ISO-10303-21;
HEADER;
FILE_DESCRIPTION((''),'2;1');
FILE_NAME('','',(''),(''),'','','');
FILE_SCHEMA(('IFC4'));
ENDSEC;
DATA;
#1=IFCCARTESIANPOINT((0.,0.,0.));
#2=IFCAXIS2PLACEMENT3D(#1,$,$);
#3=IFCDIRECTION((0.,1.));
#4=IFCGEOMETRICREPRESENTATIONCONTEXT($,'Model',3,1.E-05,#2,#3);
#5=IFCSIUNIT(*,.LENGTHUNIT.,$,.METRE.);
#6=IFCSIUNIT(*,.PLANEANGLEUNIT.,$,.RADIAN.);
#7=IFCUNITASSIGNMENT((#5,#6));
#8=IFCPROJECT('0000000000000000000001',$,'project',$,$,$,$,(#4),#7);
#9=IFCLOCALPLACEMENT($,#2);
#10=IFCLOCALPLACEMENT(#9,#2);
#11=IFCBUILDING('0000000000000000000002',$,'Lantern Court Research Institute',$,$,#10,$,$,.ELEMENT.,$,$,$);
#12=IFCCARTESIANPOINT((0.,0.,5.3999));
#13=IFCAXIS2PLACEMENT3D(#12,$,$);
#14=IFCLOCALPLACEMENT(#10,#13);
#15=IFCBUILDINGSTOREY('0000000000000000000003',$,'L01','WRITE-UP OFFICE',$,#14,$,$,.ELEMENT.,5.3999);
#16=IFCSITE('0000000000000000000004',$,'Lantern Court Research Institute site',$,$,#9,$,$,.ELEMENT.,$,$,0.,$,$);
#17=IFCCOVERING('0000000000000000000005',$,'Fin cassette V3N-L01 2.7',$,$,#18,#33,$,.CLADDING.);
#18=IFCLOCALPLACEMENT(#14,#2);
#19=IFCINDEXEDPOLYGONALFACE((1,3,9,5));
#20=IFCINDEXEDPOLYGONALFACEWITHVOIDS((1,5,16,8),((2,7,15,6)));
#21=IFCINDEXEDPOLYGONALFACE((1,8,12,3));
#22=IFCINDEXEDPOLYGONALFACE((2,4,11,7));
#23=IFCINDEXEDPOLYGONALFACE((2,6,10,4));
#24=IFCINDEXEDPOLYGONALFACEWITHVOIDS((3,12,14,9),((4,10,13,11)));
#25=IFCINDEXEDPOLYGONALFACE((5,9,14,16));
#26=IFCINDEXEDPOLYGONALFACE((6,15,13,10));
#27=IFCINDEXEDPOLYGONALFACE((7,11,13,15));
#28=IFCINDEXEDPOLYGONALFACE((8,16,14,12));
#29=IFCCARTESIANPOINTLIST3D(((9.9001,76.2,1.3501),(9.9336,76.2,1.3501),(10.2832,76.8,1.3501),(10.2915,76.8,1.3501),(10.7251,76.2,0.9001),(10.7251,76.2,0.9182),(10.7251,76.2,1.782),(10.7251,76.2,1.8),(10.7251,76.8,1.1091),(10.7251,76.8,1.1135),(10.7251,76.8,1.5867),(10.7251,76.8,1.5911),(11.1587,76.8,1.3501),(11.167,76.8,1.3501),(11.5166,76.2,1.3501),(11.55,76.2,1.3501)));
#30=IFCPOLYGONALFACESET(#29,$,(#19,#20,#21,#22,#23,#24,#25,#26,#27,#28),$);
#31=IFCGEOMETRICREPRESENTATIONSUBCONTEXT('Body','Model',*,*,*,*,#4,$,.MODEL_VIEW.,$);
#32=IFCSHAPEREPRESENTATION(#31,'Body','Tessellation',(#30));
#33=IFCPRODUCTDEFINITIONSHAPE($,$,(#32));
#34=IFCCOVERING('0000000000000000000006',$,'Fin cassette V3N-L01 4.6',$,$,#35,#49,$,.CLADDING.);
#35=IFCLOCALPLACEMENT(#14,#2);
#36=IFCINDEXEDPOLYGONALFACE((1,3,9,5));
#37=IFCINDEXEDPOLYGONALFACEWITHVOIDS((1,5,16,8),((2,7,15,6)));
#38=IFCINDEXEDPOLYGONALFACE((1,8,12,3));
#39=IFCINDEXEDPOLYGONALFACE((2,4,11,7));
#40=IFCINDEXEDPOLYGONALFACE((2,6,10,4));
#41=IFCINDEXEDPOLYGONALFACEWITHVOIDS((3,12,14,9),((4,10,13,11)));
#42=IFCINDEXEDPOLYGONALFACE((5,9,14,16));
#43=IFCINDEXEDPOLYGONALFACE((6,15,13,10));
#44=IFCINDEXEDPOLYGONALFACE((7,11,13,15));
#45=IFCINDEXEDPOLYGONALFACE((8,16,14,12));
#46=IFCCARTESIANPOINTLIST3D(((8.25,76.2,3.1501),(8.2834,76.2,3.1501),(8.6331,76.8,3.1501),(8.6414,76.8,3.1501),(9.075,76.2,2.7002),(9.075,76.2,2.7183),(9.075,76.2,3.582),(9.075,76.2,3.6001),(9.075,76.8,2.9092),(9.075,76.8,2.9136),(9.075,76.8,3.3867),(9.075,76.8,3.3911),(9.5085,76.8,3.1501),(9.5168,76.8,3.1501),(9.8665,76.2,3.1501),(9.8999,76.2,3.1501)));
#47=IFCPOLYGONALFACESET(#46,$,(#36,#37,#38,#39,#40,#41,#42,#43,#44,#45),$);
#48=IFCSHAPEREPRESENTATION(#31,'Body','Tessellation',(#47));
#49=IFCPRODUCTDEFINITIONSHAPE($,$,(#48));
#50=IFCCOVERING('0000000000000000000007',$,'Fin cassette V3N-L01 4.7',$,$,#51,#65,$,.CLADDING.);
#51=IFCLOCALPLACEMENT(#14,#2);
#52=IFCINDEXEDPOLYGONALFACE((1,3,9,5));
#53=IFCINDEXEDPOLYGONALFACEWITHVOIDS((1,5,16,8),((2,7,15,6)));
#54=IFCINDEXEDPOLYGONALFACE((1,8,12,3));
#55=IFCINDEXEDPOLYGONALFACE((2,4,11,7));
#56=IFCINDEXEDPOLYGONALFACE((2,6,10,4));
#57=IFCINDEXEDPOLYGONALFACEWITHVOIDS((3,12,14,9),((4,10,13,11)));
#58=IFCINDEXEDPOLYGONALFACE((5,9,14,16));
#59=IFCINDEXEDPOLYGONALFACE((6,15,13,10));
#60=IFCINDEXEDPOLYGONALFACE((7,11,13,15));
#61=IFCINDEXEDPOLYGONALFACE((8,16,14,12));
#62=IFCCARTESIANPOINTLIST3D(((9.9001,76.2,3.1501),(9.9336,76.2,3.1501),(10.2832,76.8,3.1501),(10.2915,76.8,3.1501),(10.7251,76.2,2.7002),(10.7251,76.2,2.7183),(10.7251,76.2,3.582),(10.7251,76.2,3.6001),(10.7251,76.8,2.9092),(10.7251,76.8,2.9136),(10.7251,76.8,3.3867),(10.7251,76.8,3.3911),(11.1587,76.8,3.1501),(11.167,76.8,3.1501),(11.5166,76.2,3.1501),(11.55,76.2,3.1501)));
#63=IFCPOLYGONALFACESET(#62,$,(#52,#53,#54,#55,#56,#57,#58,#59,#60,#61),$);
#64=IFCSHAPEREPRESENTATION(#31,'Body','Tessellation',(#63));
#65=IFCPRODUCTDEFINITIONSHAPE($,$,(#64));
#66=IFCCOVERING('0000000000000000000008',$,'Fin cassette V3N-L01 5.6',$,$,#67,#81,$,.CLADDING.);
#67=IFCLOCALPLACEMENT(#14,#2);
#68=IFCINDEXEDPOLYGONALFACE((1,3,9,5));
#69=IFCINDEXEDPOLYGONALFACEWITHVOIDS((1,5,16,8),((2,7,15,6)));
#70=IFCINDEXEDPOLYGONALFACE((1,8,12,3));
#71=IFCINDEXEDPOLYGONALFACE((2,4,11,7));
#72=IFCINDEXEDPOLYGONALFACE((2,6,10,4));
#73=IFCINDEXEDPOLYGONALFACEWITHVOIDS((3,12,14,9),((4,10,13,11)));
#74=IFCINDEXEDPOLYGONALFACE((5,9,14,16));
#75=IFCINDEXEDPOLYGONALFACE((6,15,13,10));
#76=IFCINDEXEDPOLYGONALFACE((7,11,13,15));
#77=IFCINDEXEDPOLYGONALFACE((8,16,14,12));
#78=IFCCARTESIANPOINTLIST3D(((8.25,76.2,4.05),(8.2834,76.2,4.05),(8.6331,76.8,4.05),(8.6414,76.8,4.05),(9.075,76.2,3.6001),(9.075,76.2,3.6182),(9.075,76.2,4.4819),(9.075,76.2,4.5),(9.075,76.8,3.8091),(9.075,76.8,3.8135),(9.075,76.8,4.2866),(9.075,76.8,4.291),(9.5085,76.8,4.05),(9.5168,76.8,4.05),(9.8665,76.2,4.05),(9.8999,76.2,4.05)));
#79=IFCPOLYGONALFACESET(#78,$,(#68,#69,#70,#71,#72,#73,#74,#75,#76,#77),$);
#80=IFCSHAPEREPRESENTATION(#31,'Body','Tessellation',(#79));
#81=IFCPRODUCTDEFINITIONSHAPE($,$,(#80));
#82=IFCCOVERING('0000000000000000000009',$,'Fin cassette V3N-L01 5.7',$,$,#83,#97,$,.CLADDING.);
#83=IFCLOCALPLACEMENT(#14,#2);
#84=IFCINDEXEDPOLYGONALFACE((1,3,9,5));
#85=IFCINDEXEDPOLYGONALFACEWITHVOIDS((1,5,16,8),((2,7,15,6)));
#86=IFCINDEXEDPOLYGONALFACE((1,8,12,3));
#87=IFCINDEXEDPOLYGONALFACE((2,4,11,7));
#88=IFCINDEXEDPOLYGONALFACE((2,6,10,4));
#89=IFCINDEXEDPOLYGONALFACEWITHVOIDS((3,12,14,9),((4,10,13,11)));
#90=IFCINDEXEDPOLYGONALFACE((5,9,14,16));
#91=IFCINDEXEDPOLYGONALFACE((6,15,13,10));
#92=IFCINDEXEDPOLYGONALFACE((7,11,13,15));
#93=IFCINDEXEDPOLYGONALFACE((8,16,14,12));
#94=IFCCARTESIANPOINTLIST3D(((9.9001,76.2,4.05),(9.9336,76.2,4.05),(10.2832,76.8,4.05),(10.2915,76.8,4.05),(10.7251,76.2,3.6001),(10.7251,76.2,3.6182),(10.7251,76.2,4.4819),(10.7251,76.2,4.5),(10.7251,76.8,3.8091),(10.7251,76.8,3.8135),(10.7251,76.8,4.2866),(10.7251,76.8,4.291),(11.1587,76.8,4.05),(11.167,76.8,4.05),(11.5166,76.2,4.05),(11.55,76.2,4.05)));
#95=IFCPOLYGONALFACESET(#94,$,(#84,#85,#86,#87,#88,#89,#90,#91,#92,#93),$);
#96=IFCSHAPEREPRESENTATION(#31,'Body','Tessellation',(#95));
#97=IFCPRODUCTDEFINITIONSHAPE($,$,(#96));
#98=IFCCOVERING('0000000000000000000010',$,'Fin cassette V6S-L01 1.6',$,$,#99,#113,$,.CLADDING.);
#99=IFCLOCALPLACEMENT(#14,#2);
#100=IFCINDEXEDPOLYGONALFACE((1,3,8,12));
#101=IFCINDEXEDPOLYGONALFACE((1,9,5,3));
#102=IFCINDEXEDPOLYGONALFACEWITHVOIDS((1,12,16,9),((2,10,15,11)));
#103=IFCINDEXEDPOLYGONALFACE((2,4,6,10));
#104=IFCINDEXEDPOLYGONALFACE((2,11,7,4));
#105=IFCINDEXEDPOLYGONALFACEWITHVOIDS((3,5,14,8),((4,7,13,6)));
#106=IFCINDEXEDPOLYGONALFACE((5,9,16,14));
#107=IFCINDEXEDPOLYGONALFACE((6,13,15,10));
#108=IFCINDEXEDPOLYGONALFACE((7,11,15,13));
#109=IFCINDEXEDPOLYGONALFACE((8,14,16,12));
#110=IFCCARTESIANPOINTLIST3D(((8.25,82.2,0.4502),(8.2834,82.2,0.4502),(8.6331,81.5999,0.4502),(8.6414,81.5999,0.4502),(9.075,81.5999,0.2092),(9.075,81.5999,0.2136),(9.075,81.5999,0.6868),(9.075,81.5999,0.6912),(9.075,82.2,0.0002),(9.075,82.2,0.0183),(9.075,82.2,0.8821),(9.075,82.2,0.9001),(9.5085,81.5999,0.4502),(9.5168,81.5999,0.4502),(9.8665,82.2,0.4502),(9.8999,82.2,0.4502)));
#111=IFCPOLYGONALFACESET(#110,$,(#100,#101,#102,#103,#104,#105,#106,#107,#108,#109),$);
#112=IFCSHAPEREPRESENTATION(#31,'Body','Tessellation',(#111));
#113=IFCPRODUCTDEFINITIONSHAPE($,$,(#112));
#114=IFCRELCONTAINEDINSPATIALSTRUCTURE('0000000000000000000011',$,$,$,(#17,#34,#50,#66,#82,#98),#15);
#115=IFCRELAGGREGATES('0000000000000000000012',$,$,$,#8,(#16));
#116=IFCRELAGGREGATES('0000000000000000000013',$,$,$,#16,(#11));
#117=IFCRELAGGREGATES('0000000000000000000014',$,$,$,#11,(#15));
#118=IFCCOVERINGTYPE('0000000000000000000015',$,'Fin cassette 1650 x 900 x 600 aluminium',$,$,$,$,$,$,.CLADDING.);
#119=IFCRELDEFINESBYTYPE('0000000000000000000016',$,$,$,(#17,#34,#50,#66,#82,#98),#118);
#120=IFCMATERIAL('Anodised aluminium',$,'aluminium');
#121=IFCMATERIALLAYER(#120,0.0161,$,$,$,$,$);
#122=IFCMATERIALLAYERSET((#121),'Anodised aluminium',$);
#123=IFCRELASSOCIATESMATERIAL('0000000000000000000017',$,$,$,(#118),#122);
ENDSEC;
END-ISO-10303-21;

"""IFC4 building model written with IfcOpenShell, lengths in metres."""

from ifc_helpers import new_model, entity, si_unit, direction, frame, origin, place, context, subcontext, project, spatial, material, layer, layer_set, type_object, element, save


model = new_model("IFC4")

# Units and contexts
model_context = context("Model", 3, precision=1e-05, world=origin(), true_north=direction((0.0, 1.0)))
body_context = subcontext(model_context, "Body", "Model", "MODEL_VIEW")
ifc_project = project(units=[si_unit("LENGTHUNIT", "METRE"), si_unit("PLANEANGLEUNIT", "RADIAN")], contexts=[model_context])

# Site, building, storey
site_placement = place(None, origin())
site = spatial("IfcSite", under=ifc_project, at=site_placement, Name="Lantern Court Research Institute site", CompositionType="ELEMENT", RefElevation=0.0)
building_placement = place(site_placement, origin())
building = spatial("IfcBuilding", under=site, at=building_placement, Name="Lantern Court Research Institute", CompositionType="ELEMENT")
storey_placement = place(building_placement, frame((0.0, 0.0, 5.3999)))
storey = spatial("IfcBuildingStorey", under=building, at=storey_placement, Name="L01", Description="WRITE-UP OFFICE", CompositionType="ELEMENT", Elevation=5.3999)

# Coverings
ifc_material_1 = material(Name="Anodised aluminium", Category="aluminium")
ifc_layer_1 = layer(ifc_material_1, 0.0161)
ifc_layer_set_1 = layer_set([ifc_layer_1], Name="Anodised aluminium")
covering_type_1 = type_object("IfcCoveringType", Name="Fin cassette 1650 x 900 x 600 aluminium", PredefinedType="CLADDING", material=ifc_layer_set_1)
covering_1_placement = place(storey_placement, frame((10.7251, 76.2, 1.3501), z_axis=(0.0, 1.0, 0.0), x_axis=(-1.0, 0.0, 0.0)))
cartesian_point_1 = entity("IfcCartesianPoint", [0.825, 0.0])
cartesian_point_2 = entity("IfcCartesianPoint", [0.7915, 0.0])
cartesian_point_3 = entity("IfcCartesianPoint", [0.4419, 0.0])
cartesian_point_4 = entity("IfcCartesianPoint", [0.4336, 0.0])
element("IfcCovering", 1, at=covering_1_placement, inside=storey, type_object=covering_type_1, Name="Fin cassette V3N-L01 2.7", PredefinedType="CLADDING", context=body_context, shape_type="SweptSolid", body=[
    entity("IfcExtrudedAreaSolidTapered", entity("IfcArbitraryProfileDefWithVoids", "AREA", None, entity("IfcPolyline", [cartesian_point_1, entity("IfcCartesianPoint", [0.0, 0.45]), entity("IfcCartesianPoint", [-0.825, 0.0]), entity("IfcCartesianPoint", [0.0, -0.45]), cartesian_point_1]), [entity("IfcPolyline", [cartesian_point_2, entity("IfcCartesianPoint", [0.0, 0.4319]), entity("IfcCartesianPoint", [-0.7915, 0.0]), entity("IfcCartesianPoint", [0.0, -0.4319]), cartesian_point_2])]), entity("IfcAxis2Placement3D", entity("IfcCartesianPoint", [0.0, 0.0, 0.0])), entity("IfcDirection", [0.0, 0.0, 1.0]), 0.6001, entity("IfcArbitraryProfileDefWithVoids", "AREA", None, entity("IfcPolyline", [cartesian_point_3, entity("IfcCartesianPoint", [0.0, 0.241]), entity("IfcCartesianPoint", [-0.4419, 0.0]), entity("IfcCartesianPoint", [0.0, -0.241]), cartesian_point_3]), [entity("IfcPolyline", [cartesian_point_4, entity("IfcCartesianPoint", [0.0, 0.2366]), entity("IfcCartesianPoint", [-0.4336, 0.0]), entity("IfcCartesianPoint", [0.0, -0.2366]), cartesian_point_4])])),
])
covering_2_placement = place(storey_placement, frame((9.075, 76.2, 3.1501), z_axis=(0.0, 1.0, 0.0), x_axis=(-1.0, 0.0, 0.0)))
cartesian_point_5 = entity("IfcCartesianPoint", [0.825, 0.0])
cartesian_point_6 = entity("IfcCartesianPoint", [0.7915, 0.0])
cartesian_point_7 = entity("IfcCartesianPoint", [0.4419, 0.0])
cartesian_point_8 = entity("IfcCartesianPoint", [0.4336, 0.0])
element("IfcCovering", 2, at=covering_2_placement, inside=storey, type_object=covering_type_1, Name="Fin cassette V3N-L01 4.6", PredefinedType="CLADDING", context=body_context, shape_type="SweptSolid", body=[
    entity("IfcExtrudedAreaSolidTapered", entity("IfcArbitraryProfileDefWithVoids", "AREA", None, entity("IfcPolyline", [cartesian_point_5, entity("IfcCartesianPoint", [0.0, 0.45]), entity("IfcCartesianPoint", [-0.825, 0.0]), entity("IfcCartesianPoint", [0.0, -0.45]), cartesian_point_5]), [entity("IfcPolyline", [cartesian_point_6, entity("IfcCartesianPoint", [0.0, 0.4319]), entity("IfcCartesianPoint", [-0.7915, 0.0]), entity("IfcCartesianPoint", [0.0, -0.4319]), cartesian_point_6])]), entity("IfcAxis2Placement3D", entity("IfcCartesianPoint", [0.0, 0.0, 0.0])), entity("IfcDirection", [0.0, 0.0, 1.0]), 0.6001, entity("IfcArbitraryProfileDefWithVoids", "AREA", None, entity("IfcPolyline", [cartesian_point_7, entity("IfcCartesianPoint", [0.0, 0.241]), entity("IfcCartesianPoint", [-0.4419, 0.0]), entity("IfcCartesianPoint", [0.0, -0.241]), cartesian_point_7]), [entity("IfcPolyline", [cartesian_point_8, entity("IfcCartesianPoint", [0.0, 0.2366]), entity("IfcCartesianPoint", [-0.4336, 0.0]), entity("IfcCartesianPoint", [0.0, -0.2366]), cartesian_point_8])])),
])
covering_3_placement = place(storey_placement, frame((10.7251, 76.2, 3.1501), z_axis=(0.0, 1.0, 0.0), x_axis=(-1.0, 0.0, 0.0)))
cartesian_point_9 = entity("IfcCartesianPoint", [0.825, 0.0])
cartesian_point_10 = entity("IfcCartesianPoint", [0.7915, 0.0])
cartesian_point_11 = entity("IfcCartesianPoint", [0.4419, 0.0])
cartesian_point_12 = entity("IfcCartesianPoint", [0.4336, 0.0])
element("IfcCovering", 3, at=covering_3_placement, inside=storey, type_object=covering_type_1, Name="Fin cassette V3N-L01 4.7", PredefinedType="CLADDING", context=body_context, shape_type="SweptSolid", body=[
    entity("IfcExtrudedAreaSolidTapered", entity("IfcArbitraryProfileDefWithVoids", "AREA", None, entity("IfcPolyline", [cartesian_point_9, entity("IfcCartesianPoint", [0.0, 0.45]), entity("IfcCartesianPoint", [-0.825, 0.0]), entity("IfcCartesianPoint", [0.0, -0.45]), cartesian_point_9]), [entity("IfcPolyline", [cartesian_point_10, entity("IfcCartesianPoint", [0.0, 0.4319]), entity("IfcCartesianPoint", [-0.7915, 0.0]), entity("IfcCartesianPoint", [0.0, -0.4319]), cartesian_point_10])]), entity("IfcAxis2Placement3D", entity("IfcCartesianPoint", [0.0, 0.0, 0.0])), entity("IfcDirection", [0.0, 0.0, 1.0]), 0.6001, entity("IfcArbitraryProfileDefWithVoids", "AREA", None, entity("IfcPolyline", [cartesian_point_11, entity("IfcCartesianPoint", [0.0, 0.241]), entity("IfcCartesianPoint", [-0.4419, 0.0]), entity("IfcCartesianPoint", [0.0, -0.241]), cartesian_point_11]), [entity("IfcPolyline", [cartesian_point_12, entity("IfcCartesianPoint", [0.0, 0.2366]), entity("IfcCartesianPoint", [-0.4336, 0.0]), entity("IfcCartesianPoint", [0.0, -0.2366]), cartesian_point_12])])),
])
covering_4_placement = place(storey_placement, frame((9.075, 76.2, 4.05), z_axis=(0.0, 1.0, 0.0), x_axis=(-1.0, 0.0, 0.0)))
cartesian_point_13 = entity("IfcCartesianPoint", [0.825, 0.0])
cartesian_point_14 = entity("IfcCartesianPoint", [0.7915, 0.0])
cartesian_point_15 = entity("IfcCartesianPoint", [0.4419, 0.0])
cartesian_point_16 = entity("IfcCartesianPoint", [0.4336, 0.0])
element("IfcCovering", 4, at=covering_4_placement, inside=storey, type_object=covering_type_1, Name="Fin cassette V3N-L01 5.6", PredefinedType="CLADDING", context=body_context, shape_type="SweptSolid", body=[
    entity("IfcExtrudedAreaSolidTapered", entity("IfcArbitraryProfileDefWithVoids", "AREA", None, entity("IfcPolyline", [cartesian_point_13, entity("IfcCartesianPoint", [0.0, 0.45]), entity("IfcCartesianPoint", [-0.825, 0.0]), entity("IfcCartesianPoint", [0.0, -0.45]), cartesian_point_13]), [entity("IfcPolyline", [cartesian_point_14, entity("IfcCartesianPoint", [0.0, 0.4319]), entity("IfcCartesianPoint", [-0.7915, 0.0]), entity("IfcCartesianPoint", [0.0, -0.4319]), cartesian_point_14])]), entity("IfcAxis2Placement3D", entity("IfcCartesianPoint", [0.0, 0.0, 0.0])), entity("IfcDirection", [0.0, 0.0, 1.0]), 0.6001, entity("IfcArbitraryProfileDefWithVoids", "AREA", None, entity("IfcPolyline", [cartesian_point_15, entity("IfcCartesianPoint", [0.0, 0.241]), entity("IfcCartesianPoint", [-0.4419, 0.0]), entity("IfcCartesianPoint", [0.0, -0.241]), cartesian_point_15]), [entity("IfcPolyline", [cartesian_point_16, entity("IfcCartesianPoint", [0.0, 0.2366]), entity("IfcCartesianPoint", [-0.4336, 0.0]), entity("IfcCartesianPoint", [0.0, -0.2366]), cartesian_point_16])])),
])
covering_5_placement = place(storey_placement, frame((10.7251, 76.2, 4.05), z_axis=(0.0, 1.0, 0.0), x_axis=(-1.0, 0.0, 0.0)))
cartesian_point_17 = entity("IfcCartesianPoint", [0.825, 0.0])
cartesian_point_18 = entity("IfcCartesianPoint", [0.7915, 0.0])
cartesian_point_19 = entity("IfcCartesianPoint", [0.4419, 0.0])
cartesian_point_20 = entity("IfcCartesianPoint", [0.4336, 0.0])
element("IfcCovering", 5, at=covering_5_placement, inside=storey, type_object=covering_type_1, Name="Fin cassette V3N-L01 5.7", PredefinedType="CLADDING", context=body_context, shape_type="SweptSolid", body=[
    entity("IfcExtrudedAreaSolidTapered", entity("IfcArbitraryProfileDefWithVoids", "AREA", None, entity("IfcPolyline", [cartesian_point_17, entity("IfcCartesianPoint", [0.0, 0.45]), entity("IfcCartesianPoint", [-0.825, 0.0]), entity("IfcCartesianPoint", [0.0, -0.45]), cartesian_point_17]), [entity("IfcPolyline", [cartesian_point_18, entity("IfcCartesianPoint", [0.0, 0.4319]), entity("IfcCartesianPoint", [-0.7915, 0.0]), entity("IfcCartesianPoint", [0.0, -0.4319]), cartesian_point_18])]), entity("IfcAxis2Placement3D", entity("IfcCartesianPoint", [0.0, 0.0, 0.0])), entity("IfcDirection", [0.0, 0.0, 1.0]), 0.6001, entity("IfcArbitraryProfileDefWithVoids", "AREA", None, entity("IfcPolyline", [cartesian_point_19, entity("IfcCartesianPoint", [0.0, 0.241]), entity("IfcCartesianPoint", [-0.4419, 0.0]), entity("IfcCartesianPoint", [0.0, -0.241]), cartesian_point_19]), [entity("IfcPolyline", [cartesian_point_20, entity("IfcCartesianPoint", [0.0, 0.2366]), entity("IfcCartesianPoint", [-0.4336, 0.0]), entity("IfcCartesianPoint", [0.0, -0.2366]), cartesian_point_20])])),
])
covering_6_placement = place(storey_placement, frame((9.075, 82.2, 0.4502), z_axis=(0.0, -1.0, 0.0), x_axis=(1.0, 0.0, 0.0)))
cartesian_point_21 = entity("IfcCartesianPoint", [0.825, 0.0])
cartesian_point_22 = entity("IfcCartesianPoint", [0.7915, 0.0])
cartesian_point_23 = entity("IfcCartesianPoint", [0.4419, 0.0])
cartesian_point_24 = entity("IfcCartesianPoint", [0.4336, 0.0])
element("IfcCovering", 6, at=covering_6_placement, inside=storey, type_object=covering_type_1, Name="Fin cassette V6S-L01 1.6", PredefinedType="CLADDING", context=body_context, shape_type="SweptSolid", body=[
    entity("IfcExtrudedAreaSolidTapered", entity("IfcArbitraryProfileDefWithVoids", "AREA", None, entity("IfcPolyline", [cartesian_point_21, entity("IfcCartesianPoint", [0.0, 0.45]), entity("IfcCartesianPoint", [-0.825, 0.0]), entity("IfcCartesianPoint", [0.0, -0.45]), cartesian_point_21]), [entity("IfcPolyline", [cartesian_point_22, entity("IfcCartesianPoint", [0.0, 0.4319]), entity("IfcCartesianPoint", [-0.7915, 0.0]), entity("IfcCartesianPoint", [0.0, -0.4319]), cartesian_point_22])]), entity("IfcAxis2Placement3D", entity("IfcCartesianPoint", [0.0, 0.0, 0.0])), entity("IfcDirection", [0.0, 0.0, 1.0]), 0.6001, entity("IfcArbitraryProfileDefWithVoids", "AREA", None, entity("IfcPolyline", [cartesian_point_23, entity("IfcCartesianPoint", [0.0, 0.241]), entity("IfcCartesianPoint", [-0.4419, 0.0]), entity("IfcCartesianPoint", [0.0, -0.241]), cartesian_point_23]), [entity("IfcPolyline", [cartesian_point_24, entity("IfcCartesianPoint", [0.0, 0.2366]), entity("IfcCartesianPoint", [-0.4336, 0.0]), entity("IfcCartesianPoint", [0.0, -0.2366]), cartesian_point_24])])),
])

save(model, "model.ifc")
